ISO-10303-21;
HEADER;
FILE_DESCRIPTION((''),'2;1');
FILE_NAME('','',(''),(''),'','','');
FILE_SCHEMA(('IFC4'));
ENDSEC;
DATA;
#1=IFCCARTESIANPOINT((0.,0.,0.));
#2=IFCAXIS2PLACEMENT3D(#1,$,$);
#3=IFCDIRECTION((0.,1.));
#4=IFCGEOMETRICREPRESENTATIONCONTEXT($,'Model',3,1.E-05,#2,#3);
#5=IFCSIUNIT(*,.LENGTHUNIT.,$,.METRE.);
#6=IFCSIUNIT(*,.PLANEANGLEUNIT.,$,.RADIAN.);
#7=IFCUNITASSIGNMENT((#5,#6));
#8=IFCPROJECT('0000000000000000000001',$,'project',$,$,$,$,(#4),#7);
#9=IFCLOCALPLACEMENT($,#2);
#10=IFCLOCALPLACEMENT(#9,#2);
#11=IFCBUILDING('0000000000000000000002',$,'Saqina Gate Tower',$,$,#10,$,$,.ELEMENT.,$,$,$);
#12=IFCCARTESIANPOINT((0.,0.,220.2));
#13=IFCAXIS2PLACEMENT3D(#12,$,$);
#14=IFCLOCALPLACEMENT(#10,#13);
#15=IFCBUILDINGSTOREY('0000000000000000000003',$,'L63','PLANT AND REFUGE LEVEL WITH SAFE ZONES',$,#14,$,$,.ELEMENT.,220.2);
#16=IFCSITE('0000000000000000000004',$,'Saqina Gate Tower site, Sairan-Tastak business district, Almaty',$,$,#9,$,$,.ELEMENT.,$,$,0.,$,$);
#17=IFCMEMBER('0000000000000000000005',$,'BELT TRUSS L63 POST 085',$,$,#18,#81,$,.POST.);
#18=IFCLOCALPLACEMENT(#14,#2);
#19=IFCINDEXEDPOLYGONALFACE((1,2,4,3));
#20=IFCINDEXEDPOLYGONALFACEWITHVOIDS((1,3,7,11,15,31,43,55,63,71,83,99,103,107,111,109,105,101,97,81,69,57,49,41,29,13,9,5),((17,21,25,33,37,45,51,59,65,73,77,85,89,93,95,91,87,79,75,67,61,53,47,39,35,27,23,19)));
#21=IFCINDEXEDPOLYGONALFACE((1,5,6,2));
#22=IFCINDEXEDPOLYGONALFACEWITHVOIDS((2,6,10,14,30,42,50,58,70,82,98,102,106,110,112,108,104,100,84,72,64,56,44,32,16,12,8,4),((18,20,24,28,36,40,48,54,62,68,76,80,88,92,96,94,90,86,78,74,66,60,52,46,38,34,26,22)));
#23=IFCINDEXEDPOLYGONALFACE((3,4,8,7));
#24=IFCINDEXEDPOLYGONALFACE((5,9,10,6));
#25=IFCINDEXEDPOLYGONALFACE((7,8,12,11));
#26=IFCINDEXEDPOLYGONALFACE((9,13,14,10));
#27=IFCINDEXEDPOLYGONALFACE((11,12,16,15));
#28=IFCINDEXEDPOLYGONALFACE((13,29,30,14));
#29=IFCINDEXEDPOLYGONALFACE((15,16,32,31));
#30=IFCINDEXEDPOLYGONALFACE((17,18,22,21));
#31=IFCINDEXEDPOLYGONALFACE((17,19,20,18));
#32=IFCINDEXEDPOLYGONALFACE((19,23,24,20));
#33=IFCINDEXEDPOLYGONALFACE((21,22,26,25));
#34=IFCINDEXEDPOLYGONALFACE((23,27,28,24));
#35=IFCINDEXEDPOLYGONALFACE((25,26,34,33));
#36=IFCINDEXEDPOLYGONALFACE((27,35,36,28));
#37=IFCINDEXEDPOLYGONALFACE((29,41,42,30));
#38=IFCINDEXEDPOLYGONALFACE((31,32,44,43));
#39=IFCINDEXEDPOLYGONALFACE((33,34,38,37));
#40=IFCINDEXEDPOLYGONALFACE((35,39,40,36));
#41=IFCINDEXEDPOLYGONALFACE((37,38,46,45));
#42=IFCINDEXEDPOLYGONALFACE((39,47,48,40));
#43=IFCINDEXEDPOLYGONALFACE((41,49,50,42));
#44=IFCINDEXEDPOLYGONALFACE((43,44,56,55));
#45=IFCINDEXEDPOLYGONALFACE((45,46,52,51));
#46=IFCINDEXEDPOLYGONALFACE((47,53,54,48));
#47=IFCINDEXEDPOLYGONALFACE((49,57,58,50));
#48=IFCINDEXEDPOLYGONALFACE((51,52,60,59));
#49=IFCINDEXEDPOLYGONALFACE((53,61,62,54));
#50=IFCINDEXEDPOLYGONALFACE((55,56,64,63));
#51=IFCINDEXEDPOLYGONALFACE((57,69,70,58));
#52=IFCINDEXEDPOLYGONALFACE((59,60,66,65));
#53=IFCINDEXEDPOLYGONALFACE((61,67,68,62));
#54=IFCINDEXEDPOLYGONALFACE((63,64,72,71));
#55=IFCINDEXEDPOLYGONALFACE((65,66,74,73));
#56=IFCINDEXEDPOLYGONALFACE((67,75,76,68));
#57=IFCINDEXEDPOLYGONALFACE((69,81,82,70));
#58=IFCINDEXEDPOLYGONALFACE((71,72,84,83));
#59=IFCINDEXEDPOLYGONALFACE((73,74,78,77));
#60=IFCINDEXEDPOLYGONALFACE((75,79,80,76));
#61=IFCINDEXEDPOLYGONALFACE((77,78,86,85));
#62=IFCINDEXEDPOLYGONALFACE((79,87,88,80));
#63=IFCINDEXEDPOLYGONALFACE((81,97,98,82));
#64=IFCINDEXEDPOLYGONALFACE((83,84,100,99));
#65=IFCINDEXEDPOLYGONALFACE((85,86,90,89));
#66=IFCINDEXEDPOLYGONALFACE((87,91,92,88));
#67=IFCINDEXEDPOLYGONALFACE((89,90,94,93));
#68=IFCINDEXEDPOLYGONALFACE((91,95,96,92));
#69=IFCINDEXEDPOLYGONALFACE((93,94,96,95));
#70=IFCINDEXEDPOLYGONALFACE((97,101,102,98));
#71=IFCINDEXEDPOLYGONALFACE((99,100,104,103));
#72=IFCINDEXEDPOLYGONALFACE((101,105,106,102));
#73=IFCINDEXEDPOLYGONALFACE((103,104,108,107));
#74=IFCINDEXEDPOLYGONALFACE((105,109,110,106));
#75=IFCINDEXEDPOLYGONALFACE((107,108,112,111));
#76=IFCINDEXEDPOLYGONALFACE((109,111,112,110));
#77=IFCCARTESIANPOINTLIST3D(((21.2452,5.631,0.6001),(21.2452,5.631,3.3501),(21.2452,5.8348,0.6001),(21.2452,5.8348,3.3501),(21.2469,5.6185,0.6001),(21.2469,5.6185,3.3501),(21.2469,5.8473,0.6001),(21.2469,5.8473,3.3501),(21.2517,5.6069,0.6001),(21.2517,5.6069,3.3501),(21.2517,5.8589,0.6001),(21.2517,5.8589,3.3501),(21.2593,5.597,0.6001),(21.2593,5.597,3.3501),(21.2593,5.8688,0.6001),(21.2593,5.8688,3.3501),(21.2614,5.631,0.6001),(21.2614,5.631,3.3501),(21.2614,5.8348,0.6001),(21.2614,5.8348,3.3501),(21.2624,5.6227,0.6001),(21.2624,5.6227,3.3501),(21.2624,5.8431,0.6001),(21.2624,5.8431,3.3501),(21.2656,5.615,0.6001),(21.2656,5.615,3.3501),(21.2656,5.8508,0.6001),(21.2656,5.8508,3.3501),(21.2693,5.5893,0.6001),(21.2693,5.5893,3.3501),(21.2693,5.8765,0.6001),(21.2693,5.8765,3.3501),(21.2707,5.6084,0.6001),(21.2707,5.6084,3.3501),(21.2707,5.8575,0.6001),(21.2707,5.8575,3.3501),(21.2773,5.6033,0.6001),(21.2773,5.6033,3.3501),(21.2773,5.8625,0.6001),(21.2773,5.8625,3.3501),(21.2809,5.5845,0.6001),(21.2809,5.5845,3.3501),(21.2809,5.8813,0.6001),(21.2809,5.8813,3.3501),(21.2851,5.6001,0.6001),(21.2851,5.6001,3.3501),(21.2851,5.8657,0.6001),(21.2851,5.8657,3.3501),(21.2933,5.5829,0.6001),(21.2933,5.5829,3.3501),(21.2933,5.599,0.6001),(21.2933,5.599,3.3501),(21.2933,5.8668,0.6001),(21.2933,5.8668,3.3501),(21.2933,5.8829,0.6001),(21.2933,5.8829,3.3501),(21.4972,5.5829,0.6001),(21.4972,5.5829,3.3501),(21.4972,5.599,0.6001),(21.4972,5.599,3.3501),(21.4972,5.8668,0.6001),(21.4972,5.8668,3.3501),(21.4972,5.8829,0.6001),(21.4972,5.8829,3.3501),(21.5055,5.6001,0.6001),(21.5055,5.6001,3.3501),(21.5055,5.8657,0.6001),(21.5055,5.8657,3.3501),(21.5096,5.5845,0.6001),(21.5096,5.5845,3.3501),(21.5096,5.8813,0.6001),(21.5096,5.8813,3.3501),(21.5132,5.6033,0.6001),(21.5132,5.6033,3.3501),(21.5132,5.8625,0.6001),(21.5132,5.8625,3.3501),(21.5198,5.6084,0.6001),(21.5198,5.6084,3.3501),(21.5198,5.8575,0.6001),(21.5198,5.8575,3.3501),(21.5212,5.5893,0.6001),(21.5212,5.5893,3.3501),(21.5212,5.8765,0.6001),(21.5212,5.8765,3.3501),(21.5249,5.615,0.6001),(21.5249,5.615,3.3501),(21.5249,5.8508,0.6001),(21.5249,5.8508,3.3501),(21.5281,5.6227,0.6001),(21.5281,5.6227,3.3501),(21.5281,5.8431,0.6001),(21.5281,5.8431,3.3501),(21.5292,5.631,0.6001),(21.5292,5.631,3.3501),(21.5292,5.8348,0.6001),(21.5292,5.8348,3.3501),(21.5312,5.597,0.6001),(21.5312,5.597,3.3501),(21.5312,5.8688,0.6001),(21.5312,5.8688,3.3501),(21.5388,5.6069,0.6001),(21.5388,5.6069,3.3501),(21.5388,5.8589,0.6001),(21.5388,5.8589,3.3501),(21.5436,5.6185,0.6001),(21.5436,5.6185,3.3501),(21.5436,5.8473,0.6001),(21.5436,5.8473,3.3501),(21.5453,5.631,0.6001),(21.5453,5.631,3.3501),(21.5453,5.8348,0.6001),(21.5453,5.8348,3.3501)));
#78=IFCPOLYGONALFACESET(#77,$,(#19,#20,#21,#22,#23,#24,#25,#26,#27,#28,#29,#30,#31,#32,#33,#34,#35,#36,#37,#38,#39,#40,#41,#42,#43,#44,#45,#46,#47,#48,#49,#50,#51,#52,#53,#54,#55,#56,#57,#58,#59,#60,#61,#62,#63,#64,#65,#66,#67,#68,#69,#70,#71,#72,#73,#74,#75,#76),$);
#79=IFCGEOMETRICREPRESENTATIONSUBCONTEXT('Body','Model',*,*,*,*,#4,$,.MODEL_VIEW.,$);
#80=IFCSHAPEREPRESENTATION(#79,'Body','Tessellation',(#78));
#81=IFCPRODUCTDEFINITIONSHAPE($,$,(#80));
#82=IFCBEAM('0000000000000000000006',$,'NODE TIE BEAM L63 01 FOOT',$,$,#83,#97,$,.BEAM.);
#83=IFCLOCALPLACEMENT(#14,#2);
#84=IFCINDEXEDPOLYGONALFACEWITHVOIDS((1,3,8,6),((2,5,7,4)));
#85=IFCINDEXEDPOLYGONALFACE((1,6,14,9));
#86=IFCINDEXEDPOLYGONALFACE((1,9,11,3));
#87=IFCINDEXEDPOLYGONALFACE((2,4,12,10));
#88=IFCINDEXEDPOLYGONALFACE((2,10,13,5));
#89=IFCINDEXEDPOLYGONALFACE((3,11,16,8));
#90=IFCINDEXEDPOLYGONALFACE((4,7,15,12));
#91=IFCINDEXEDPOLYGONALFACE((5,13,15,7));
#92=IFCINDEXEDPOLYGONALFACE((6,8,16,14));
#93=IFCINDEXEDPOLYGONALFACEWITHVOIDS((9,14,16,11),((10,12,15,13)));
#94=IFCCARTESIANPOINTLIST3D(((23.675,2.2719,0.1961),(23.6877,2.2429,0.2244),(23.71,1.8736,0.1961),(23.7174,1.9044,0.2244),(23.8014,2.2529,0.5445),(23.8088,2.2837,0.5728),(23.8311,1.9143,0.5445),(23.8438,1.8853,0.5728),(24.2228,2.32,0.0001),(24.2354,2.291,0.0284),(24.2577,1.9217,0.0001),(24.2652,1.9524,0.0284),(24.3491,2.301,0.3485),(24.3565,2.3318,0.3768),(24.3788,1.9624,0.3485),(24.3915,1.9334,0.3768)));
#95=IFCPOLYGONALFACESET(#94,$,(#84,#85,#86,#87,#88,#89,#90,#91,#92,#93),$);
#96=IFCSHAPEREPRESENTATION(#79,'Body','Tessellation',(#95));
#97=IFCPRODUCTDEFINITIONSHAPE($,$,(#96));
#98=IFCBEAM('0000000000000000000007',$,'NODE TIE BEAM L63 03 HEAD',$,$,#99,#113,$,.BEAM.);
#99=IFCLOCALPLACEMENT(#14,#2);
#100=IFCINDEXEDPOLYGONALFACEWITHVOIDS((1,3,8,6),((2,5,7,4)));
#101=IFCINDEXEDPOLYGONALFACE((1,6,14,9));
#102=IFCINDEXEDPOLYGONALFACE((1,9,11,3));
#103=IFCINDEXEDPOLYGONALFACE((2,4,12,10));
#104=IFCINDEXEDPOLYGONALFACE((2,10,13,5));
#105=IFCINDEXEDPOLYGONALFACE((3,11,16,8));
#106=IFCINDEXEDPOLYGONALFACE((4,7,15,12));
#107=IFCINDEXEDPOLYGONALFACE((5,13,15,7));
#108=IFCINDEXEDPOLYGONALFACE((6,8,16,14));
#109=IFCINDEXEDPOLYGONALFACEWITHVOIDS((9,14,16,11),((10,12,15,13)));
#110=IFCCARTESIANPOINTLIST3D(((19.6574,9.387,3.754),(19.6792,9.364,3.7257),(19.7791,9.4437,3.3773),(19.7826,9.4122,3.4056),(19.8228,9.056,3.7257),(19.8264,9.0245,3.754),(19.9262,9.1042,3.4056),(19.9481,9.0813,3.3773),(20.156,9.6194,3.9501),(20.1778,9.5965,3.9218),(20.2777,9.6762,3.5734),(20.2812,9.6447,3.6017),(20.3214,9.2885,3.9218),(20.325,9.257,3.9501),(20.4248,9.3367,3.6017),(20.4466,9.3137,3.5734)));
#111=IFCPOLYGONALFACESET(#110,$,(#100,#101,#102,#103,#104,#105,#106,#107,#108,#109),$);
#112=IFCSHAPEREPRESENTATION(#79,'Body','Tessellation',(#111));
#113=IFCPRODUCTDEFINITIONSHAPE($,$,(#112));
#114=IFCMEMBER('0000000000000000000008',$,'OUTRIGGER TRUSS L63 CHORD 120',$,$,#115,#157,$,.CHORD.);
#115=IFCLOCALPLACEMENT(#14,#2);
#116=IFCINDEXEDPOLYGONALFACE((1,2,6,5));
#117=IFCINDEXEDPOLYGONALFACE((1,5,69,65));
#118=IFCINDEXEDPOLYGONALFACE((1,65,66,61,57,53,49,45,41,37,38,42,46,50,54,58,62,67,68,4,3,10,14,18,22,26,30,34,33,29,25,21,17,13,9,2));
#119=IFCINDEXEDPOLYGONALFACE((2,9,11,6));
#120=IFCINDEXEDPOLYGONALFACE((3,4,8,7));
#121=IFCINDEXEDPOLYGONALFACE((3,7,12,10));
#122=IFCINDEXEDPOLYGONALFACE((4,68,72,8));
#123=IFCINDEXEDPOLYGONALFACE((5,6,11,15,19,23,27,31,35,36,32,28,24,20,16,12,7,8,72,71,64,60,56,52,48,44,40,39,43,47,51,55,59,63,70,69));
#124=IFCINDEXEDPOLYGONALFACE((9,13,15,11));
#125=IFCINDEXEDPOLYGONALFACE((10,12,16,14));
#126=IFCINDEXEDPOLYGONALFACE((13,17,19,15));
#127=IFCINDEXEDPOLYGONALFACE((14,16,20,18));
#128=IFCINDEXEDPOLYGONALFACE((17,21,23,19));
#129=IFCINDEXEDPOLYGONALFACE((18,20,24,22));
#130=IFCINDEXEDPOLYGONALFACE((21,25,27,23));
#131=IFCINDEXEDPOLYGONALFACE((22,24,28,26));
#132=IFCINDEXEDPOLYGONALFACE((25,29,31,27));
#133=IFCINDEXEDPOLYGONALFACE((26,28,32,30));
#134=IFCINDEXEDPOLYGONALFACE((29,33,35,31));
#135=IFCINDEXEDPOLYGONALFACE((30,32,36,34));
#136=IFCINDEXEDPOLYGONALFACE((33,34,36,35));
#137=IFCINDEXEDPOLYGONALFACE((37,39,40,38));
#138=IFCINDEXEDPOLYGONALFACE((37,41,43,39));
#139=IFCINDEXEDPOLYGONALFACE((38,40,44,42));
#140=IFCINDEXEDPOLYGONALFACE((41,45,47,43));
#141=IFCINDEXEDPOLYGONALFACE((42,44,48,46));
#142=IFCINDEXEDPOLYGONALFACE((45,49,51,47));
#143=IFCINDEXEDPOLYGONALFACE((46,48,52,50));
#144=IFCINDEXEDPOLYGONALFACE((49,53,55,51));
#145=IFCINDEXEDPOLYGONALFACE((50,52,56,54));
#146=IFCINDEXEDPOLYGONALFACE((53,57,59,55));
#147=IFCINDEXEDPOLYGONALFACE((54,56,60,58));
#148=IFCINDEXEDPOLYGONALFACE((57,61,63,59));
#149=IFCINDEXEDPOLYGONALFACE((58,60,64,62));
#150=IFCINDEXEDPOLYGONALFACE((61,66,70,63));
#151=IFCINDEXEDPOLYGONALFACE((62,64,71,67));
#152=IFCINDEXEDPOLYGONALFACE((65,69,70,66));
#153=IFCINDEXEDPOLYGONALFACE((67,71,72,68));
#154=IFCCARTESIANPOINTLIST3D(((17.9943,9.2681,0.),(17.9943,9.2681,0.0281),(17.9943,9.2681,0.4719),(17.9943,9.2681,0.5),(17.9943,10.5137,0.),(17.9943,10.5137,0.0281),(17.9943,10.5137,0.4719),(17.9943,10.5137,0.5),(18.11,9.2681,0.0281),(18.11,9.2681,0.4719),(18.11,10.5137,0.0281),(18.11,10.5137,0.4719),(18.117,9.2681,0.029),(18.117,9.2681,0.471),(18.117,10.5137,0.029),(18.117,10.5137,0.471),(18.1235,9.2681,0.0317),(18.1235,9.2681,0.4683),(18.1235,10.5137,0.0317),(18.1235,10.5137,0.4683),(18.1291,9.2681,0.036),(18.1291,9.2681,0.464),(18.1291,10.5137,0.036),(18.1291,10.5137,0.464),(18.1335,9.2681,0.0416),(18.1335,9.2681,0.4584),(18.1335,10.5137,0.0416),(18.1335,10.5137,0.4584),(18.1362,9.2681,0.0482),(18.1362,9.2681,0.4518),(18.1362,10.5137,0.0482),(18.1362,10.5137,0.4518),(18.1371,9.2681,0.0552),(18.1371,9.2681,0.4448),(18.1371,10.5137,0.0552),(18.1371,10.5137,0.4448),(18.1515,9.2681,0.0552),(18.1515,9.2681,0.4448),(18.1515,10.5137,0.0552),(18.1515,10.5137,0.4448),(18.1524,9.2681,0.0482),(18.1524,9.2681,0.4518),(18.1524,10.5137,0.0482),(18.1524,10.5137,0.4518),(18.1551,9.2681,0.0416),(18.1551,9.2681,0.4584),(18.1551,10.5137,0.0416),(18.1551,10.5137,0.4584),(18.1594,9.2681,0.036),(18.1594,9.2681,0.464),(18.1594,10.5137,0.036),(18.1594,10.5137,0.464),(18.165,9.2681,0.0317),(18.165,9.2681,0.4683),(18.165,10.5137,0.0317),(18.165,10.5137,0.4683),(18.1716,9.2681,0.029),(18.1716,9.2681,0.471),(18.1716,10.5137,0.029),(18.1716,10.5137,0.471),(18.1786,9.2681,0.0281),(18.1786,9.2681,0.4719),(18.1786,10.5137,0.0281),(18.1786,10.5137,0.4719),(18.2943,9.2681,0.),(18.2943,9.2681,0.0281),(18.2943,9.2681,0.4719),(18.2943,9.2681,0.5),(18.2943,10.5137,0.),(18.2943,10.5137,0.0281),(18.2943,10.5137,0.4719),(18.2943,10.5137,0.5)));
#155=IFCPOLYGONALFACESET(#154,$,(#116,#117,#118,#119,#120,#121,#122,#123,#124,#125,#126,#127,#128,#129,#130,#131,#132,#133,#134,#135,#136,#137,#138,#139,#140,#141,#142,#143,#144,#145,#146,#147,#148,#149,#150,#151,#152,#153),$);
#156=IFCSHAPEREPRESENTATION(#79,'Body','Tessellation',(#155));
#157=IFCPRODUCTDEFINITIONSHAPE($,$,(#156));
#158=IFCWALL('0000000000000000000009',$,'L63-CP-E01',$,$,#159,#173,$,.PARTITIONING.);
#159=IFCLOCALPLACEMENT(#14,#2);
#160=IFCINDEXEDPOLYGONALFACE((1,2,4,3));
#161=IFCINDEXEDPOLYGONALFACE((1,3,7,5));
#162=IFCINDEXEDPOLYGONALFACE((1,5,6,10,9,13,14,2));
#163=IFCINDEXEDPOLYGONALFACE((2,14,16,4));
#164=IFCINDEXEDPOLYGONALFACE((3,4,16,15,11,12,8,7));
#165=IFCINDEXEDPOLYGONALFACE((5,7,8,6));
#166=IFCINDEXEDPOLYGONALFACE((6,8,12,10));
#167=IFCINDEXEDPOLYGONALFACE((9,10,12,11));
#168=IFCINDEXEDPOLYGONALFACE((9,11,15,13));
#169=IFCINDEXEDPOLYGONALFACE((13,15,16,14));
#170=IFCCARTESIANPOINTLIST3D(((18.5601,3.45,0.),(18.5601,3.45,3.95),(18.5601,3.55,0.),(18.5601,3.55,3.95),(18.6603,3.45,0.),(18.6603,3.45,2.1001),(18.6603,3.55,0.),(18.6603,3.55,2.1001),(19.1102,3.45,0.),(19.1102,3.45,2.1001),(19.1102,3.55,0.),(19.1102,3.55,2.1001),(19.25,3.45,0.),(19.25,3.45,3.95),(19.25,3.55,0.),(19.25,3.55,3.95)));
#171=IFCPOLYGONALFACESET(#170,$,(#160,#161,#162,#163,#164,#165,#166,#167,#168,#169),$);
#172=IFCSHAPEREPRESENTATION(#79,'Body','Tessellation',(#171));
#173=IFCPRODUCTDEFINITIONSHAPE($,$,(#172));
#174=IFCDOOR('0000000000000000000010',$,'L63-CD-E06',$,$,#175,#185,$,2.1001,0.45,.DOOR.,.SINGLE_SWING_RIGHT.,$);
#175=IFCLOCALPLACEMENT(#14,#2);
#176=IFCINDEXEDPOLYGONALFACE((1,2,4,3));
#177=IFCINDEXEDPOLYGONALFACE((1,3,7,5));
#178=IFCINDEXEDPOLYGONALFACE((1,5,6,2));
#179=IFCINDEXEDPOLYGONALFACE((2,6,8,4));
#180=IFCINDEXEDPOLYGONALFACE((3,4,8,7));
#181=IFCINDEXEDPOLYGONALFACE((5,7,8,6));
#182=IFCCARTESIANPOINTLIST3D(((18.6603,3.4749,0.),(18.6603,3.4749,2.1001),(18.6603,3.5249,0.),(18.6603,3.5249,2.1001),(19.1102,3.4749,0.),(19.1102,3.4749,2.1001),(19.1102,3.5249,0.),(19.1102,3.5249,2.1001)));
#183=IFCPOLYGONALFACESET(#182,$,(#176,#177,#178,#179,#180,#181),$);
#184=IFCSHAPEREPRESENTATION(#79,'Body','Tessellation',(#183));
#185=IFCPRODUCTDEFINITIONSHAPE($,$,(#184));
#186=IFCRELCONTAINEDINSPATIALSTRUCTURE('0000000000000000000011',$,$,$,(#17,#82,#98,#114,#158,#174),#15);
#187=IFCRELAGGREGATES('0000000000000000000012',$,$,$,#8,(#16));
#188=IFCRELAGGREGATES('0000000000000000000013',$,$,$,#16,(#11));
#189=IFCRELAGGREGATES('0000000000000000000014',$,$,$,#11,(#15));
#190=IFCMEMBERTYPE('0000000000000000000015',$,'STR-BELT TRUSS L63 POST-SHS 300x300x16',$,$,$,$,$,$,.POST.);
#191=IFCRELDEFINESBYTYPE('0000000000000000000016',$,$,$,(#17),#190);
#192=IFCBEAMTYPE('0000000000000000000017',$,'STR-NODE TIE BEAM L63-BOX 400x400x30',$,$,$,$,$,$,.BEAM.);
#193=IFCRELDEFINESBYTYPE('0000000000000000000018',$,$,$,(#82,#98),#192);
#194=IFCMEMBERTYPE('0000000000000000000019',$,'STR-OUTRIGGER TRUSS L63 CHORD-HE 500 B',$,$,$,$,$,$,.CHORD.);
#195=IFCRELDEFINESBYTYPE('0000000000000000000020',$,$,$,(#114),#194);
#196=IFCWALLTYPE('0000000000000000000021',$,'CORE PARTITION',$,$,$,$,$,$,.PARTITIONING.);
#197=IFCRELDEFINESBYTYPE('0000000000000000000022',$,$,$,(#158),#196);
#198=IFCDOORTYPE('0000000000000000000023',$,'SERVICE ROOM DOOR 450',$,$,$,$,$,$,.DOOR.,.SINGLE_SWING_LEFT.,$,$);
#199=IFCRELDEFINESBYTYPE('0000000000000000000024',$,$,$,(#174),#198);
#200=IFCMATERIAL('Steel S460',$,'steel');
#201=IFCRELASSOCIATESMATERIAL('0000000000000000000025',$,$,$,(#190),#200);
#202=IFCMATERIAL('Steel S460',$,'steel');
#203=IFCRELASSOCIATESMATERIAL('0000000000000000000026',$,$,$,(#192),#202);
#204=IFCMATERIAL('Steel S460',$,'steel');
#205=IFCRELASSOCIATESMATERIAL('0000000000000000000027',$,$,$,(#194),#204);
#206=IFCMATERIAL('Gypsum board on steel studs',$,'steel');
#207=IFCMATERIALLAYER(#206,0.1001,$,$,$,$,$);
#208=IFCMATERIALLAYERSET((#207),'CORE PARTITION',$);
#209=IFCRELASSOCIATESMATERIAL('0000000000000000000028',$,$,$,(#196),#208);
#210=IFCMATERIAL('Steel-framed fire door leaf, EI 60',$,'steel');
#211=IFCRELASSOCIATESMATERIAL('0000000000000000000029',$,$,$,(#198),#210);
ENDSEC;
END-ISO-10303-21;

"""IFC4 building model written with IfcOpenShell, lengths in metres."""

from ifc_helpers import new_model, si_unit, direction, frame, frame_2d, origin, origin_2d, place, context, subcontext, project, spatial, rectangle, hollow_rectangle, i_section, extrude, material, layer, layer_set, material_profile, profile_set, type_object, element, fill, save


model = new_model("IFC4")

# Units and contexts
model_context = context("Model", 3, precision=1e-05, world=origin(), true_north=direction((0.0, 1.0)))
body_context = subcontext(model_context, "Body", "Model", "MODEL_VIEW")
ifc_project = project(units=[si_unit("LENGTHUNIT", "METRE"), si_unit("PLANEANGLEUNIT", "RADIAN")], contexts=[model_context])

# Site, building, storey
site_placement = place(None, origin())
site = spatial("IfcSite", under=ifc_project, at=site_placement, Name="Saqina Gate Tower site, Sairan-Tastak business district, Almaty", CompositionType="ELEMENT", RefElevation=0.0)
building_placement = place(site_placement, origin())
building = spatial("IfcBuilding", under=site, at=building_placement, Name="Saqina Gate Tower", CompositionType="ELEMENT")
storey_placement = place(building_placement, frame((0.0, 0.0, 220.2)))
storey = spatial("IfcBuildingStorey", under=building, at=storey_placement, Name="L63", Description="PLANT AND REFUGE LEVEL WITH SAFE ZONES", CompositionType="ELEMENT", Elevation=220.2)

# Member
ifc_material_1 = material(Name="Steel S460", Category="steel")
ifc_material_profile_1 = material_profile(ifc_material_1, hollow_rectangle(XDim=0.3, YDim=0.3, WallThickness=0.0161, InnerFilletRadius=0.032, OuterFilletRadius=0.0481, at=origin_2d()), Name="SHS 300x300x16")
ifc_profile_set_1 = profile_set([ifc_material_profile_1], Name="Steel S460")
member_type_1 = type_object("IfcMemberType", Name="STR-BELT TRUSS L63 POST-SHS 300x300x16", PredefinedType="POST", material=ifc_profile_set_1)
member_1_placement = place(storey_placement, frame((21.3953, 5.7329, 0.6001), z_axis=(0.0, 0.0, 1.0), x_axis=(1.0, 0.0, 0.0)))
element("IfcMember", 1, at=member_1_placement, inside=storey, type_object=member_type_1, Name="BELT TRUSS L63 POST 085", PredefinedType="POST", context=body_context, shape_type="SweptSolid", body=[
    extrude(hollow_rectangle(XDim=0.3, YDim=0.3, WallThickness=0.0161, InnerFilletRadius=0.032, OuterFilletRadius=0.0481, at=origin_2d()), origin(), (0.0, 0.0, 1.0), 2.75),
])

# Beams
ifc_material_2 = material(Name="Steel S460", Category="steel")
ifc_material_profile_2 = material_profile(ifc_material_2, hollow_rectangle(XDim=0.3999, YDim=0.3999, WallThickness=0.03, at=origin_2d()), Name="BOX 400x400x30")
ifc_profile_set_2 = profile_set([ifc_material_profile_2], Name="Steel S460")
beam_type = type_object("IfcBeamType", Name="STR-NODE TIE BEAM L63-BOX 400x400x30", PredefinedType="BEAM", material=ifc_profile_set_2)
beam_1_placement = place(storey_placement, frame((24.3071, 2.1267, 0.1885), z_axis=(-0.938333, -0.082376, 0.335776), x_axis=(0.087453, -0.996169, 0.0)))
element("IfcBeam", 2, at=beam_1_placement, inside=storey, type_object=beam_type, Name="NODE TIE BEAM L63 01 FOOT", PredefinedType="BEAM", context=body_context, shape_type="SweptSolid", body=[
    extrude(hollow_rectangle(XDim=0.3999, YDim=0.3999, WallThickness=0.03, at=origin_2d()), origin(), (0.0, 0.0, 1.0), 0.5837),
])
beam_2_placement = place(storey_placement, frame((19.8027, 9.2341, 3.5657), z_axis=(0.853738, 0.398021, 0.335725), x_axis=(-0.422545, 0.906342, 0.0)))
element("IfcBeam", 3, at=beam_2_placement, inside=storey, type_object=beam_type, Name="NODE TIE BEAM L63 03 HEAD", PredefinedType="BEAM", context=body_context, shape_type="SweptSolid", body=[
    extrude(hollow_rectangle(XDim=0.3999, YDim=0.3999, WallThickness=0.03, at=origin_2d()), origin(), (0.0, 0.0, 1.0), 0.584),
])

# Member
ifc_material_3 = material(Name="Steel S460", Category="steel")
ifc_material_profile_3 = material_profile(ifc_material_3, i_section(OverallWidth=0.3, OverallDepth=0.5, WebThickness=0.0144, FlangeThickness=0.0281, FilletRadius=0.0271, at=origin_2d()), Name="HE 500 B")
ifc_profile_set_3 = profile_set([ifc_material_profile_3], Name="Steel S460")
member_type_2 = type_object("IfcMemberType", Name="STR-OUTRIGGER TRUSS L63 CHORD-HE 500 B", PredefinedType="CHORD", material=ifc_profile_set_3)
member_2_placement = place(storey_placement, frame((18.1443, 9.2681, 0.25), z_axis=(0.0, 1.0, 0.0), x_axis=(-1.0, 0.0, 0.0)))
element("IfcMember", 4, at=member_2_placement, inside=storey, type_object=member_type_2, Name="OUTRIGGER TRUSS L63 CHORD 120", PredefinedType="CHORD", context=body_context, shape_type="SweptSolid", body=[
    extrude(i_section(OverallWidth=0.3, OverallDepth=0.5, WebThickness=0.0144, FlangeThickness=0.0281, FilletRadius=0.0271, at=origin_2d()), origin(), (0.0, 0.0, 1.0), 1.2456),
])

# Wall, opening, door
ifc_material_4 = material(Name="Gypsum board on steel studs", Category="steel")
ifc_layer_1 = layer(ifc_material_4, 0.1001)
ifc_layer_set_1 = layer_set([ifc_layer_1], Name="CORE PARTITION")
wall_type_1 = type_object("IfcWallType", Name="CORE PARTITION", PredefinedType="PARTITIONING", material=ifc_layer_set_1)
wall_1_placement = place(storey_placement, frame((18.5601, 3.5, 0.0), z_axis=(0.0, 0.0, 1.0), x_axis=(1.0, 0.0, 0.0)))
wall_1 = element("IfcWall", 5, at=wall_1_placement, inside=storey, type_object=wall_type_1, Name="L63-CP-E01", PredefinedType="PARTITIONING", context=body_context, shape_type="SweptSolid", body=[
    extrude(rectangle(XDim=0.6899, YDim=0.1001, at=frame_2d((0.345, 0.0))), origin(), (0.0, 0.0, 1.0), 3.95),
])
opening_placement = place(wall_1_placement, frame((0.1001, 0.0, 0.0)))
opening = element("IfcOpeningElement", 6, at=opening_placement, cuts=wall_1, PredefinedType="OPENING", context=body_context, shape_type="SweptSolid", body=[
    extrude(rectangle(XDim=0.45, YDim=2.1001, at=frame_2d((0.2251, 1.05))), frame((0.0, 0.062, 0.0), z_axis=(0.0, -1.0, 0.0), x_axis=(1.0, 0.0, 0.0)), (0.0, 0.0, 1.0), 0.124),
])
ifc_material_5 = material(Name="Steel-framed fire door leaf, EI 60", Category="steel")
door_type = type_object("IfcDoorType", Name="SERVICE ROOM DOOR 450", OperationType="SINGLE_SWING_LEFT", PredefinedType="DOOR", material=ifc_material_5)
door_placement = place(opening_placement, origin())
door = element("IfcDoor", 7, at=door_placement, inside=storey, type_object=door_type, Name="L63-CD-E06", OperationType="SINGLE_SWING_RIGHT", OverallHeight=2.1001, OverallWidth=0.45, PredefinedType="DOOR", context=body_context, shape_type="SweptSolid", body=[
    extrude(rectangle(XDim=0.45, YDim=2.1001, at=frame_2d((0.2251, 1.05))), frame((0.0, 0.0249, 0.0), z_axis=(0.0, -1.0, 0.0), x_axis=(1.0, 0.0, 0.0)), (0.0, 0.0, 1.0), 0.05),
])
fill(opening, door)

save(model, "model.ifc")
